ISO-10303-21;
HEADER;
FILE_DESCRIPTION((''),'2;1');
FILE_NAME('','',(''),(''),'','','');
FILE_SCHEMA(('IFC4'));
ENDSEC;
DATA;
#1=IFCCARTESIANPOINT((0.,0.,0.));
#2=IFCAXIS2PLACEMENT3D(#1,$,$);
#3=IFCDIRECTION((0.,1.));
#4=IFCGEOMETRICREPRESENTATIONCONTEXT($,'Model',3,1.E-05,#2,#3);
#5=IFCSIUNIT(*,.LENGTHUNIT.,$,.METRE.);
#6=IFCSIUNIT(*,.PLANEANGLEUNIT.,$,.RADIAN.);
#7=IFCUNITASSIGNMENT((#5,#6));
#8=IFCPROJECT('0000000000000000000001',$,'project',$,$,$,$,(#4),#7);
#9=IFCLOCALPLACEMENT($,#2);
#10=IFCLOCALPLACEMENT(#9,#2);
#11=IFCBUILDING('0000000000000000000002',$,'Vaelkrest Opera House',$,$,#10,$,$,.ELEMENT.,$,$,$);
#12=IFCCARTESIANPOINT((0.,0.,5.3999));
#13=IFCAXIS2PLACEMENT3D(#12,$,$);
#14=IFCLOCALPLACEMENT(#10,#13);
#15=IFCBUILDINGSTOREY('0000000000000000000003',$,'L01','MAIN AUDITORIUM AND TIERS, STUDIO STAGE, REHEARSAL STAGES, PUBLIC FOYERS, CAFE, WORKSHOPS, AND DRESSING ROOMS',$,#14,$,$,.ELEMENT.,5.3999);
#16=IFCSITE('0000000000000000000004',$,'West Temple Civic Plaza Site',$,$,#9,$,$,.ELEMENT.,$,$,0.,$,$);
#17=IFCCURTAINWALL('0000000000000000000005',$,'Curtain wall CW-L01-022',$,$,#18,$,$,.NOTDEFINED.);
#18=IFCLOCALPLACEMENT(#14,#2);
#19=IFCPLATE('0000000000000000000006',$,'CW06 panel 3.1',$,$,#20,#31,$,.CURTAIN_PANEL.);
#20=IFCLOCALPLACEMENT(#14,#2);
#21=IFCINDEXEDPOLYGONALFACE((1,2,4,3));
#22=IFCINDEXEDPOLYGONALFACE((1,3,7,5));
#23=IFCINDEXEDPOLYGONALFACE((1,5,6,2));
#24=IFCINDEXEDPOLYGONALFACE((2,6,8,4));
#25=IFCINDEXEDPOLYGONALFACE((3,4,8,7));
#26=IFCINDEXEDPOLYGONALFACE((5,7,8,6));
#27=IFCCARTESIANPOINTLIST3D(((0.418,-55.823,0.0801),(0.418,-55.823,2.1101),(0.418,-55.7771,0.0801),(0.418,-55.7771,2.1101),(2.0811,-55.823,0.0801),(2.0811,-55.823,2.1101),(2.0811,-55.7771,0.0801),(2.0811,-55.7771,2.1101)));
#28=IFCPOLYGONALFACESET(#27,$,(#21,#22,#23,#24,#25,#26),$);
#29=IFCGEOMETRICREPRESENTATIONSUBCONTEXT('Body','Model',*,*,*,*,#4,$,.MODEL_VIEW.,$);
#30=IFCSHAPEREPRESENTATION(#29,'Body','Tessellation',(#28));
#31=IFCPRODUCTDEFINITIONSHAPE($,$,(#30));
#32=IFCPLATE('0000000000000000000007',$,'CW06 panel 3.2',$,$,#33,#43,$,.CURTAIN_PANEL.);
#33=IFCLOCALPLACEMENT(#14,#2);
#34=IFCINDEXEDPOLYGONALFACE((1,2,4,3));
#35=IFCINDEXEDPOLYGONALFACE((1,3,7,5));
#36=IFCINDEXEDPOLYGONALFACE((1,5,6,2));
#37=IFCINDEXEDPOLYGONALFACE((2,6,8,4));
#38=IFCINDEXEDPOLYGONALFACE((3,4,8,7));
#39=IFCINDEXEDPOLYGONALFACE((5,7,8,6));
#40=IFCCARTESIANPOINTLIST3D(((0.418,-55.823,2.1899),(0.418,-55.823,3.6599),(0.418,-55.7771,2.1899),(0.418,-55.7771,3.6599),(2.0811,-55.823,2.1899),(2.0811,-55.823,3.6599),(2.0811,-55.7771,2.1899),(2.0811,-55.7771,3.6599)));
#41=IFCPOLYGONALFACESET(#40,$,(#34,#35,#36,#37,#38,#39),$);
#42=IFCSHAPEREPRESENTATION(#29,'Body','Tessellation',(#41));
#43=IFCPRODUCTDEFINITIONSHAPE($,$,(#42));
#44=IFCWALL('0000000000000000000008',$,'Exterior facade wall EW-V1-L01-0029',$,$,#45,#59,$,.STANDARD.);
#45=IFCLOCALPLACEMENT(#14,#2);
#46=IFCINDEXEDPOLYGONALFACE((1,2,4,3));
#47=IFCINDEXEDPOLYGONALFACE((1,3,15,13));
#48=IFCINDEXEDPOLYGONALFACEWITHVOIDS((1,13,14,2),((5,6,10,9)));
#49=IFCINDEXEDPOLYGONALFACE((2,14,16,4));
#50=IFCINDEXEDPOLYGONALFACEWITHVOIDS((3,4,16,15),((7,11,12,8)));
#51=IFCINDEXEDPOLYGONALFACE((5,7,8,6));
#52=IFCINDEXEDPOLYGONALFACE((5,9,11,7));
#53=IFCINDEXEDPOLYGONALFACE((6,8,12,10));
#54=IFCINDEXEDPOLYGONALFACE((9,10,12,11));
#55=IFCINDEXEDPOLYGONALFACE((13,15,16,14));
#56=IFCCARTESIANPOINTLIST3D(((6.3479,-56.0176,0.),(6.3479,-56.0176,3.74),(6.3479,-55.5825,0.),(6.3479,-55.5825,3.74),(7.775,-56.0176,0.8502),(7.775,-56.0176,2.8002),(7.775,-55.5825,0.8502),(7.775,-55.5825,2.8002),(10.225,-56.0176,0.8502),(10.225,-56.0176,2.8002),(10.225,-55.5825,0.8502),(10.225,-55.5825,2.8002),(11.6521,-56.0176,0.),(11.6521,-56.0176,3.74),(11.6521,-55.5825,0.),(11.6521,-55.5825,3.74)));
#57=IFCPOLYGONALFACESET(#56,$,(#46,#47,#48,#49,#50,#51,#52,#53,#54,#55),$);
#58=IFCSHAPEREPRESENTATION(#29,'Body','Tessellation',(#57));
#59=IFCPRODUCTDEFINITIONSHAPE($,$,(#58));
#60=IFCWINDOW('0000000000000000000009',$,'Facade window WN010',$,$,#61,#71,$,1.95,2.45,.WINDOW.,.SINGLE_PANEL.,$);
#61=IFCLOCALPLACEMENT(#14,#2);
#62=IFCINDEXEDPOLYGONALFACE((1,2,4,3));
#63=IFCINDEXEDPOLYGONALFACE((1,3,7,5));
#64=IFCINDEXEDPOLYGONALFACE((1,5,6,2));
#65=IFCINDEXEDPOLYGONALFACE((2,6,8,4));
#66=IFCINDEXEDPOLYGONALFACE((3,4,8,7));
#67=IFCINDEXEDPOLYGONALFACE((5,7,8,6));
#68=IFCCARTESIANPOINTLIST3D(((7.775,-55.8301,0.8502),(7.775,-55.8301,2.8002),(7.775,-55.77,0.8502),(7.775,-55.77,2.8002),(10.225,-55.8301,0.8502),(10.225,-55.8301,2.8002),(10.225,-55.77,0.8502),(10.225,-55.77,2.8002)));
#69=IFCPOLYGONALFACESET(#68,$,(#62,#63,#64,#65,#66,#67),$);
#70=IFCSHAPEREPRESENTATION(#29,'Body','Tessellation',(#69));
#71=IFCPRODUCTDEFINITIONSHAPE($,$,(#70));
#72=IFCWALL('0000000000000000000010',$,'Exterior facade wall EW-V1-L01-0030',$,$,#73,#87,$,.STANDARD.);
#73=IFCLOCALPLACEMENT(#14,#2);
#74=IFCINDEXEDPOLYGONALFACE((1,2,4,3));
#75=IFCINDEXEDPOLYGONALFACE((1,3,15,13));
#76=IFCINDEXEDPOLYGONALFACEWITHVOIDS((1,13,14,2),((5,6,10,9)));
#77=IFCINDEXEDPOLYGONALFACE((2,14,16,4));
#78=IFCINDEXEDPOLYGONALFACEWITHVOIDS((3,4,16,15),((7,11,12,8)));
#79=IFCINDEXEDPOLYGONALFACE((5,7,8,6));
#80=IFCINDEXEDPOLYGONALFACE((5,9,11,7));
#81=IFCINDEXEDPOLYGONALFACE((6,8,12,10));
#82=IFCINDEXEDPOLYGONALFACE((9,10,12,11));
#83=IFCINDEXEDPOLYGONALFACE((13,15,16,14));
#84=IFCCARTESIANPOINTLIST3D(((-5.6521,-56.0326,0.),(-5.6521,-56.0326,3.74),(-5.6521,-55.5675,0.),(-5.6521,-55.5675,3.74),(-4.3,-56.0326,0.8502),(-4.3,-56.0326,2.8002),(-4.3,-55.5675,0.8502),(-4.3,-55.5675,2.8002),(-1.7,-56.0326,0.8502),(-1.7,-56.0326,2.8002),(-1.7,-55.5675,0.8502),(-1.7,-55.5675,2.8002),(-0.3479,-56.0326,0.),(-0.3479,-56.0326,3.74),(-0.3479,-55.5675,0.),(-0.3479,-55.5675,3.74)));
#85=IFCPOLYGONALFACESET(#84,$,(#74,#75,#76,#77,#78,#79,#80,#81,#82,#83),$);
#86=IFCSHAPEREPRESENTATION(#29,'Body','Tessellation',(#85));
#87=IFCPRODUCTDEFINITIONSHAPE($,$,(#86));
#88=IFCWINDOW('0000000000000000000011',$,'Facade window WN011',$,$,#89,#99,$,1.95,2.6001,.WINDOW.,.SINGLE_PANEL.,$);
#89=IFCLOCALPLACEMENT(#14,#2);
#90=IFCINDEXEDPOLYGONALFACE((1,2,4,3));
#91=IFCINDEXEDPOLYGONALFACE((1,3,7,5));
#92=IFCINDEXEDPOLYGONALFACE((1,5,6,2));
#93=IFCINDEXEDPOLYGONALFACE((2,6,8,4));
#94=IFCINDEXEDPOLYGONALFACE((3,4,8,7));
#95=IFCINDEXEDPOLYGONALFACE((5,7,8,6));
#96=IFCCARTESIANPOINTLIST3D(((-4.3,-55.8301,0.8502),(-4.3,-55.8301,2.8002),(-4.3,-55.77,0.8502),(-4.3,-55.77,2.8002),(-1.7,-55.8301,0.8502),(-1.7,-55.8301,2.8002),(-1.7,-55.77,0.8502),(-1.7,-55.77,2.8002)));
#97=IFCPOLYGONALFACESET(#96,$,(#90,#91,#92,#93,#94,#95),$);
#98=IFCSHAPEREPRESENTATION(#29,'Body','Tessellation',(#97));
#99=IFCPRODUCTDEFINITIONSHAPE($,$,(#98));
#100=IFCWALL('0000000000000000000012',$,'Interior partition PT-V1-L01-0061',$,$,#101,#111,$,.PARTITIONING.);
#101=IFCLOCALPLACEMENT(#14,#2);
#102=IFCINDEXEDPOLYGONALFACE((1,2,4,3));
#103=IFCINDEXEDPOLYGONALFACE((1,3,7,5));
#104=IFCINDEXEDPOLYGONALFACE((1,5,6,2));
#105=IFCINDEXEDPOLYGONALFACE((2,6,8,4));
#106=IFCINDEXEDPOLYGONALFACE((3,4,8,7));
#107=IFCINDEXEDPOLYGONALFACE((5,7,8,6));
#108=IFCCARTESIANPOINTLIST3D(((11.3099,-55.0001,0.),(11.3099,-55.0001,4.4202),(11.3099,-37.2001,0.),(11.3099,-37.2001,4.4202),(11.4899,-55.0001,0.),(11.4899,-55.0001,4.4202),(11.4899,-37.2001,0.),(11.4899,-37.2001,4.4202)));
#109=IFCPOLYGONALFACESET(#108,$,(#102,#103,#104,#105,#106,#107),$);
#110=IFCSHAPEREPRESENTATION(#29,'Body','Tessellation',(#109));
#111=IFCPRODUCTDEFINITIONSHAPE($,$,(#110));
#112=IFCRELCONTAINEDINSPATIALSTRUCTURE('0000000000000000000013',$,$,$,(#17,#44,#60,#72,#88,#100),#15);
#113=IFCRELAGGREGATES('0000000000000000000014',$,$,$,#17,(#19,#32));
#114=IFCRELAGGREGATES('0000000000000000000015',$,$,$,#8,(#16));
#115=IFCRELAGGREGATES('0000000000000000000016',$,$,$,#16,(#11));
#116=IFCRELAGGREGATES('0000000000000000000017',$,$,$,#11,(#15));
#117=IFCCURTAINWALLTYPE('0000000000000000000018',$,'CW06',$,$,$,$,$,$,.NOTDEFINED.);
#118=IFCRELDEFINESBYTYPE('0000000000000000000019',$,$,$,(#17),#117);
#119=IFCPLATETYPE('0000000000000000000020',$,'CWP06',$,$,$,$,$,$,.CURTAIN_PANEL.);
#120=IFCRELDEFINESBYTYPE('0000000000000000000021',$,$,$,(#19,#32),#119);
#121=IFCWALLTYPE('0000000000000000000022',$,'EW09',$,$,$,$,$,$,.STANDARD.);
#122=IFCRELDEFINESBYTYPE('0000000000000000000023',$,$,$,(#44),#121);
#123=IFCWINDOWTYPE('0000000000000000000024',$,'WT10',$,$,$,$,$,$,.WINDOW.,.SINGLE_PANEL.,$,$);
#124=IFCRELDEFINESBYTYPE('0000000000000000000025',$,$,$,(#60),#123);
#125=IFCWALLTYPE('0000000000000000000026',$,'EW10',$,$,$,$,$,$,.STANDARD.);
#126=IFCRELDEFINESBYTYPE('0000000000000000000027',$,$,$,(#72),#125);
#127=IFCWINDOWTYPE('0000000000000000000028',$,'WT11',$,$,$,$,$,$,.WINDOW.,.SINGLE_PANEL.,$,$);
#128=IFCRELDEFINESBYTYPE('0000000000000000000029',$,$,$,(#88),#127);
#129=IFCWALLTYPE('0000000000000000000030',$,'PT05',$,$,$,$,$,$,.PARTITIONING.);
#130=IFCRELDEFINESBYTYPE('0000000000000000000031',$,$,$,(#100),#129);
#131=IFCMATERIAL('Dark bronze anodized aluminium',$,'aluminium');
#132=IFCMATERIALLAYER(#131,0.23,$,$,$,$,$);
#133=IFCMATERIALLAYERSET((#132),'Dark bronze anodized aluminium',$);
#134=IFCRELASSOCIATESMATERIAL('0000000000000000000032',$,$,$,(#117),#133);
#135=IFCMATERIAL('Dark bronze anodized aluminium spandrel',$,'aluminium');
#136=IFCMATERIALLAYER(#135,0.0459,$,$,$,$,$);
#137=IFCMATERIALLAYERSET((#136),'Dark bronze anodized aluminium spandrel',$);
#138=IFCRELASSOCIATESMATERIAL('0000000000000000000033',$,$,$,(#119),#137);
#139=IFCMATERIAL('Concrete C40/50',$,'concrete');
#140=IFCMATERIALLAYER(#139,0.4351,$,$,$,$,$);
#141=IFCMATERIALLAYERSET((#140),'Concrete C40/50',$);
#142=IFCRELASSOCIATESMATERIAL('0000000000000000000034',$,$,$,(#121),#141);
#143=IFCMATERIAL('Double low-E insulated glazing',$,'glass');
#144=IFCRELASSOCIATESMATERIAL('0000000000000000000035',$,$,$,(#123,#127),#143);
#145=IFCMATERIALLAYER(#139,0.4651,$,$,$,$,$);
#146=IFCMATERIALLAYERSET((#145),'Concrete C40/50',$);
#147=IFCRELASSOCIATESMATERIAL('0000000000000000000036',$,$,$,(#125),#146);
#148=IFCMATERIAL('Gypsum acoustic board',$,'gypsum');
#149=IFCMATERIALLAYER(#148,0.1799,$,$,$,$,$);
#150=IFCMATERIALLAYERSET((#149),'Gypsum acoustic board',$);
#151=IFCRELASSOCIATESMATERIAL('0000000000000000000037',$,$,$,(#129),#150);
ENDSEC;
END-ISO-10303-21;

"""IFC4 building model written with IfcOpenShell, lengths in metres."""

from ifc_helpers import new_model, si_unit, direction, frame, frame_2d, origin, origin_2d, place, context, subcontext, project, spatial, rectangle, extrude, material, layer, layer_set, type_object, element, fill, aggregate, save


model = new_model("IFC4")

# Units and contexts
model_context = context("Model", 3, precision=1e-05, world=origin(), true_north=direction((0.0, 1.0)))
body_context = subcontext(model_context, "Body", "Model", "MODEL_VIEW")
ifc_project = project(units=[si_unit("LENGTHUNIT", "METRE"), si_unit("PLANEANGLEUNIT", "RADIAN")], contexts=[model_context])

# Site, building, storey
site_placement = place(None, origin())
site = spatial("IfcSite", under=ifc_project, at=site_placement, Name="West Temple Civic Plaza Site", CompositionType="ELEMENT", RefElevation=0.0)
building_placement = place(site_placement, origin())
building = spatial("IfcBuilding", under=site, at=building_placement, Name="Vaelkrest Opera House", CompositionType="ELEMENT")
storey_placement = place(building_placement, frame((0.0, 0.0, 5.3999)))
storey = spatial("IfcBuildingStorey", under=building, at=storey_placement, Name="L01", Description="MAIN AUDITORIUM AND TIERS, STUDIO STAGE, REHEARSAL STAGES, PUBLIC FOYERS, CAFE, WORKSHOPS, AND DRESSING ROOMS", CompositionType="ELEMENT", Elevation=5.3999)

# Curtain wall
ifc_material_1 = material(Name="Dark bronze anodized aluminium", Category="aluminium")
ifc_layer_1 = layer(ifc_material_1, 0.23)
ifc_layer_set_1 = layer_set([ifc_layer_1], Name="Dark bronze anodized aluminium")
curtain_wall_type = type_object("IfcCurtainWallType", Name="CW06", PredefinedType="NOTDEFINED", material=ifc_layer_set_1)
curtain_wall_placement = place(storey_placement, origin())
curtain_wall = element("IfcCurtainWall", 1, at=curtain_wall_placement, inside=storey, type_object=curtain_wall_type, Name="Curtain wall CW-L01-022", PredefinedType="NOTDEFINED")

# Plates
ifc_material_2 = material(Name="Dark bronze anodized aluminium spandrel", Category="aluminium")
ifc_layer_2 = layer(ifc_material_2, 0.0459)
ifc_layer_set_2 = layer_set([ifc_layer_2], Name="Dark bronze anodized aluminium spandrel")
plate_type = type_object("IfcPlateType", Name="CWP06", PredefinedType="CURTAIN_PANEL", material=ifc_layer_set_2)
plate_1_placement = place(storey_placement, frame((1.2495, -55.8, 0.0801), z_axis=(0.0, 0.0, 1.0), x_axis=(-1.0, 0.0, 0.0)))
plate_1 = element("IfcPlate", 2, at=plate_1_placement, type_object=plate_type, Name="CW06 panel 3.1", PredefinedType="CURTAIN_PANEL", context=body_context, shape_type="SweptSolid", body=[
    extrude(rectangle(XDim=1.6631, YDim=0.0459, at=origin_2d()), origin(), (0.0, 0.0, 1.0), 2.03),
])
plate_2_placement = place(storey_placement, frame((1.2495, -55.8, 2.1899), z_axis=(0.0, 0.0, 1.0), x_axis=(-1.0, 0.0, 0.0)))
plate_2 = element("IfcPlate", 3, at=plate_2_placement, type_object=plate_type, Name="CW06 panel 3.2", PredefinedType="CURTAIN_PANEL", context=body_context, shape_type="SweptSolid", body=[
    extrude(rectangle(XDim=1.6631, YDim=0.0459, at=origin_2d()), origin(), (0.0, 0.0, 1.0), 1.47),
])
aggregate(curtain_wall, [plate_1, plate_2])

# Walls, openings, windows
ifc_material_3 = material(Name="Concrete C40/50", Category="concrete")
ifc_layer_3 = layer(ifc_material_3, 0.4351)
ifc_layer_set_3 = layer_set([ifc_layer_3], Name="Concrete C40/50")
wall_type_1 = type_object("IfcWallType", Name="EW09", PredefinedType="STANDARD", material=ifc_layer_set_3)
wall_1_placement = place(storey_placement, frame((11.6521, -55.8, 0.0), z_axis=(0.0, 0.0, 1.0), x_axis=(-1.0, 0.0, 0.0)))
wall_1 = element("IfcWall", 4, at=wall_1_placement, inside=storey, type_object=wall_type_1, Name="Exterior facade wall EW-V1-L01-0029", PredefinedType="STANDARD", context=body_context, shape_type="SweptSolid", body=[
    extrude(rectangle(XDim=5.3042, YDim=0.4351, at=frame_2d((2.6521, 0.0))), origin(), (0.0, 0.0, 1.0), 3.74),
])
opening_1_placement = place(wall_1_placement, frame((1.427, 0.0, 0.8501)))
opening_1 = element("IfcOpeningElement", 5, at=opening_1_placement, cuts=wall_1, PredefinedType="OPENING", context=body_context, shape_type="SweptSolid", body=[
    extrude(rectangle(XDim=2.45, YDim=1.95, at=frame_2d((1.2251, 0.9751))), frame((0.0, 0.2275, 0.0), z_axis=(0.0, -1.0, 0.0), x_axis=(1.0, 0.0, 0.0)), (0.0, 0.0, 1.0), 0.4551),
])
ifc_material_4 = material(Name="Double low-E insulated glazing", Category="glass")
window_type_1 = type_object("IfcWindowType", Name="WT10", PartitioningType="SINGLE_PANEL", PredefinedType="WINDOW", material=ifc_material_4)
window_1_placement = place(opening_1_placement, origin())
window_1 = element("IfcWindow", 6, at=window_1_placement, inside=storey, type_object=window_type_1, Name="Facade window WN010", OverallHeight=1.95, OverallWidth=2.45, PartitioningType="SINGLE_PANEL", PredefinedType="WINDOW", context=body_context, shape_type="SweptSolid", body=[
    extrude(rectangle(XDim=2.45, YDim=1.95, at=frame_2d((1.2251, 0.9751))), frame((0.0, 0.03, 0.0), z_axis=(0.0, -1.0, 0.0), x_axis=(1.0, 0.0, 0.0)), (0.0, 0.0, 1.0), 0.0601),
])
fill(opening_1, window_1)
ifc_layer_4 = layer(ifc_material_3, 0.4651)
ifc_layer_set_4 = layer_set([ifc_layer_4], Name="Concrete C40/50")
wall_type_2 = type_object("IfcWallType", Name="EW10", PredefinedType="STANDARD", material=ifc_layer_set_4)
wall_2_placement = place(storey_placement, frame((-0.3479, -55.8, 0.0), z_axis=(0.0, 0.0, 1.0), x_axis=(-1.0, 0.0, 0.0)))
wall_2 = element("IfcWall", 7, at=wall_2_placement, inside=storey, type_object=wall_type_2, Name="Exterior facade wall EW-V1-L01-0030", PredefinedType="STANDARD", context=body_context, shape_type="SweptSolid", body=[
    extrude(rectangle(XDim=5.3042, YDim=0.4651, at=frame_2d((2.6521, 0.0))), origin(), (0.0, 0.0, 1.0), 3.74),
])
opening_2_placement = place(wall_2_placement, frame((1.3521, 0.0, 0.8501)))
opening_2 = element("IfcOpeningElement", 8, at=opening_2_placement, cuts=wall_2, PredefinedType="OPENING", context=body_context, shape_type="SweptSolid", body=[
    extrude(rectangle(XDim=2.6001, YDim=1.95, at=frame_2d((1.3, 0.9751))), frame((0.0, 0.2424, 0.0), z_axis=(0.0, -1.0, 0.0), x_axis=(1.0, 0.0, 0.0)), (0.0, 0.0, 1.0), 0.4851),
])
window_type_2 = type_object("IfcWindowType", Name="WT11", PartitioningType="SINGLE_PANEL", PredefinedType="WINDOW", material=ifc_material_4)
window_2_placement = place(opening_2_placement, origin())
window_2 = element("IfcWindow", 9, at=window_2_placement, inside=storey, type_object=window_type_2, Name="Facade window WN011", OverallHeight=1.95, OverallWidth=2.6001, PartitioningType="SINGLE_PANEL", PredefinedType="WINDOW", context=body_context, shape_type="SweptSolid", body=[
    extrude(rectangle(XDim=2.6001, YDim=1.95, at=frame_2d((1.3, 0.9751))), frame((0.0, 0.03, 0.0), z_axis=(0.0, -1.0, 0.0), x_axis=(1.0, 0.0, 0.0)), (0.0, 0.0, 1.0), 0.0601),
])
fill(opening_2, window_2)

# Wall
ifc_material_5 = material(Name="Gypsum acoustic board", Category="gypsum")
ifc_layer_5 = layer(ifc_material_5, 0.1799)
ifc_layer_set_5 = layer_set([ifc_layer_5], Name="Gypsum acoustic board")
wall_type_3 = type_object("IfcWallType", Name="PT05", PredefinedType="PARTITIONING", material=ifc_layer_set_5)
wall_3_placement = place(storey_placement, frame((11.3999, -55.0, 0.0), z_axis=(0.0, 0.0, 1.0), x_axis=(0.0, 1.0, 0.0)))
element("IfcWall", 10, at=wall_3_placement, inside=storey, type_object=wall_type_3, Name="Interior partition PT-V1-L01-0061", PredefinedType="PARTITIONING", context=body_context, shape_type="SweptSolid", body=[
    extrude(rectangle(XDim=17.8, YDim=0.1799, at=frame_2d((8.8999, 0.0))), origin(), (0.0, 0.0, 1.0), 4.4202),
])

save(model, "model.ifc")
